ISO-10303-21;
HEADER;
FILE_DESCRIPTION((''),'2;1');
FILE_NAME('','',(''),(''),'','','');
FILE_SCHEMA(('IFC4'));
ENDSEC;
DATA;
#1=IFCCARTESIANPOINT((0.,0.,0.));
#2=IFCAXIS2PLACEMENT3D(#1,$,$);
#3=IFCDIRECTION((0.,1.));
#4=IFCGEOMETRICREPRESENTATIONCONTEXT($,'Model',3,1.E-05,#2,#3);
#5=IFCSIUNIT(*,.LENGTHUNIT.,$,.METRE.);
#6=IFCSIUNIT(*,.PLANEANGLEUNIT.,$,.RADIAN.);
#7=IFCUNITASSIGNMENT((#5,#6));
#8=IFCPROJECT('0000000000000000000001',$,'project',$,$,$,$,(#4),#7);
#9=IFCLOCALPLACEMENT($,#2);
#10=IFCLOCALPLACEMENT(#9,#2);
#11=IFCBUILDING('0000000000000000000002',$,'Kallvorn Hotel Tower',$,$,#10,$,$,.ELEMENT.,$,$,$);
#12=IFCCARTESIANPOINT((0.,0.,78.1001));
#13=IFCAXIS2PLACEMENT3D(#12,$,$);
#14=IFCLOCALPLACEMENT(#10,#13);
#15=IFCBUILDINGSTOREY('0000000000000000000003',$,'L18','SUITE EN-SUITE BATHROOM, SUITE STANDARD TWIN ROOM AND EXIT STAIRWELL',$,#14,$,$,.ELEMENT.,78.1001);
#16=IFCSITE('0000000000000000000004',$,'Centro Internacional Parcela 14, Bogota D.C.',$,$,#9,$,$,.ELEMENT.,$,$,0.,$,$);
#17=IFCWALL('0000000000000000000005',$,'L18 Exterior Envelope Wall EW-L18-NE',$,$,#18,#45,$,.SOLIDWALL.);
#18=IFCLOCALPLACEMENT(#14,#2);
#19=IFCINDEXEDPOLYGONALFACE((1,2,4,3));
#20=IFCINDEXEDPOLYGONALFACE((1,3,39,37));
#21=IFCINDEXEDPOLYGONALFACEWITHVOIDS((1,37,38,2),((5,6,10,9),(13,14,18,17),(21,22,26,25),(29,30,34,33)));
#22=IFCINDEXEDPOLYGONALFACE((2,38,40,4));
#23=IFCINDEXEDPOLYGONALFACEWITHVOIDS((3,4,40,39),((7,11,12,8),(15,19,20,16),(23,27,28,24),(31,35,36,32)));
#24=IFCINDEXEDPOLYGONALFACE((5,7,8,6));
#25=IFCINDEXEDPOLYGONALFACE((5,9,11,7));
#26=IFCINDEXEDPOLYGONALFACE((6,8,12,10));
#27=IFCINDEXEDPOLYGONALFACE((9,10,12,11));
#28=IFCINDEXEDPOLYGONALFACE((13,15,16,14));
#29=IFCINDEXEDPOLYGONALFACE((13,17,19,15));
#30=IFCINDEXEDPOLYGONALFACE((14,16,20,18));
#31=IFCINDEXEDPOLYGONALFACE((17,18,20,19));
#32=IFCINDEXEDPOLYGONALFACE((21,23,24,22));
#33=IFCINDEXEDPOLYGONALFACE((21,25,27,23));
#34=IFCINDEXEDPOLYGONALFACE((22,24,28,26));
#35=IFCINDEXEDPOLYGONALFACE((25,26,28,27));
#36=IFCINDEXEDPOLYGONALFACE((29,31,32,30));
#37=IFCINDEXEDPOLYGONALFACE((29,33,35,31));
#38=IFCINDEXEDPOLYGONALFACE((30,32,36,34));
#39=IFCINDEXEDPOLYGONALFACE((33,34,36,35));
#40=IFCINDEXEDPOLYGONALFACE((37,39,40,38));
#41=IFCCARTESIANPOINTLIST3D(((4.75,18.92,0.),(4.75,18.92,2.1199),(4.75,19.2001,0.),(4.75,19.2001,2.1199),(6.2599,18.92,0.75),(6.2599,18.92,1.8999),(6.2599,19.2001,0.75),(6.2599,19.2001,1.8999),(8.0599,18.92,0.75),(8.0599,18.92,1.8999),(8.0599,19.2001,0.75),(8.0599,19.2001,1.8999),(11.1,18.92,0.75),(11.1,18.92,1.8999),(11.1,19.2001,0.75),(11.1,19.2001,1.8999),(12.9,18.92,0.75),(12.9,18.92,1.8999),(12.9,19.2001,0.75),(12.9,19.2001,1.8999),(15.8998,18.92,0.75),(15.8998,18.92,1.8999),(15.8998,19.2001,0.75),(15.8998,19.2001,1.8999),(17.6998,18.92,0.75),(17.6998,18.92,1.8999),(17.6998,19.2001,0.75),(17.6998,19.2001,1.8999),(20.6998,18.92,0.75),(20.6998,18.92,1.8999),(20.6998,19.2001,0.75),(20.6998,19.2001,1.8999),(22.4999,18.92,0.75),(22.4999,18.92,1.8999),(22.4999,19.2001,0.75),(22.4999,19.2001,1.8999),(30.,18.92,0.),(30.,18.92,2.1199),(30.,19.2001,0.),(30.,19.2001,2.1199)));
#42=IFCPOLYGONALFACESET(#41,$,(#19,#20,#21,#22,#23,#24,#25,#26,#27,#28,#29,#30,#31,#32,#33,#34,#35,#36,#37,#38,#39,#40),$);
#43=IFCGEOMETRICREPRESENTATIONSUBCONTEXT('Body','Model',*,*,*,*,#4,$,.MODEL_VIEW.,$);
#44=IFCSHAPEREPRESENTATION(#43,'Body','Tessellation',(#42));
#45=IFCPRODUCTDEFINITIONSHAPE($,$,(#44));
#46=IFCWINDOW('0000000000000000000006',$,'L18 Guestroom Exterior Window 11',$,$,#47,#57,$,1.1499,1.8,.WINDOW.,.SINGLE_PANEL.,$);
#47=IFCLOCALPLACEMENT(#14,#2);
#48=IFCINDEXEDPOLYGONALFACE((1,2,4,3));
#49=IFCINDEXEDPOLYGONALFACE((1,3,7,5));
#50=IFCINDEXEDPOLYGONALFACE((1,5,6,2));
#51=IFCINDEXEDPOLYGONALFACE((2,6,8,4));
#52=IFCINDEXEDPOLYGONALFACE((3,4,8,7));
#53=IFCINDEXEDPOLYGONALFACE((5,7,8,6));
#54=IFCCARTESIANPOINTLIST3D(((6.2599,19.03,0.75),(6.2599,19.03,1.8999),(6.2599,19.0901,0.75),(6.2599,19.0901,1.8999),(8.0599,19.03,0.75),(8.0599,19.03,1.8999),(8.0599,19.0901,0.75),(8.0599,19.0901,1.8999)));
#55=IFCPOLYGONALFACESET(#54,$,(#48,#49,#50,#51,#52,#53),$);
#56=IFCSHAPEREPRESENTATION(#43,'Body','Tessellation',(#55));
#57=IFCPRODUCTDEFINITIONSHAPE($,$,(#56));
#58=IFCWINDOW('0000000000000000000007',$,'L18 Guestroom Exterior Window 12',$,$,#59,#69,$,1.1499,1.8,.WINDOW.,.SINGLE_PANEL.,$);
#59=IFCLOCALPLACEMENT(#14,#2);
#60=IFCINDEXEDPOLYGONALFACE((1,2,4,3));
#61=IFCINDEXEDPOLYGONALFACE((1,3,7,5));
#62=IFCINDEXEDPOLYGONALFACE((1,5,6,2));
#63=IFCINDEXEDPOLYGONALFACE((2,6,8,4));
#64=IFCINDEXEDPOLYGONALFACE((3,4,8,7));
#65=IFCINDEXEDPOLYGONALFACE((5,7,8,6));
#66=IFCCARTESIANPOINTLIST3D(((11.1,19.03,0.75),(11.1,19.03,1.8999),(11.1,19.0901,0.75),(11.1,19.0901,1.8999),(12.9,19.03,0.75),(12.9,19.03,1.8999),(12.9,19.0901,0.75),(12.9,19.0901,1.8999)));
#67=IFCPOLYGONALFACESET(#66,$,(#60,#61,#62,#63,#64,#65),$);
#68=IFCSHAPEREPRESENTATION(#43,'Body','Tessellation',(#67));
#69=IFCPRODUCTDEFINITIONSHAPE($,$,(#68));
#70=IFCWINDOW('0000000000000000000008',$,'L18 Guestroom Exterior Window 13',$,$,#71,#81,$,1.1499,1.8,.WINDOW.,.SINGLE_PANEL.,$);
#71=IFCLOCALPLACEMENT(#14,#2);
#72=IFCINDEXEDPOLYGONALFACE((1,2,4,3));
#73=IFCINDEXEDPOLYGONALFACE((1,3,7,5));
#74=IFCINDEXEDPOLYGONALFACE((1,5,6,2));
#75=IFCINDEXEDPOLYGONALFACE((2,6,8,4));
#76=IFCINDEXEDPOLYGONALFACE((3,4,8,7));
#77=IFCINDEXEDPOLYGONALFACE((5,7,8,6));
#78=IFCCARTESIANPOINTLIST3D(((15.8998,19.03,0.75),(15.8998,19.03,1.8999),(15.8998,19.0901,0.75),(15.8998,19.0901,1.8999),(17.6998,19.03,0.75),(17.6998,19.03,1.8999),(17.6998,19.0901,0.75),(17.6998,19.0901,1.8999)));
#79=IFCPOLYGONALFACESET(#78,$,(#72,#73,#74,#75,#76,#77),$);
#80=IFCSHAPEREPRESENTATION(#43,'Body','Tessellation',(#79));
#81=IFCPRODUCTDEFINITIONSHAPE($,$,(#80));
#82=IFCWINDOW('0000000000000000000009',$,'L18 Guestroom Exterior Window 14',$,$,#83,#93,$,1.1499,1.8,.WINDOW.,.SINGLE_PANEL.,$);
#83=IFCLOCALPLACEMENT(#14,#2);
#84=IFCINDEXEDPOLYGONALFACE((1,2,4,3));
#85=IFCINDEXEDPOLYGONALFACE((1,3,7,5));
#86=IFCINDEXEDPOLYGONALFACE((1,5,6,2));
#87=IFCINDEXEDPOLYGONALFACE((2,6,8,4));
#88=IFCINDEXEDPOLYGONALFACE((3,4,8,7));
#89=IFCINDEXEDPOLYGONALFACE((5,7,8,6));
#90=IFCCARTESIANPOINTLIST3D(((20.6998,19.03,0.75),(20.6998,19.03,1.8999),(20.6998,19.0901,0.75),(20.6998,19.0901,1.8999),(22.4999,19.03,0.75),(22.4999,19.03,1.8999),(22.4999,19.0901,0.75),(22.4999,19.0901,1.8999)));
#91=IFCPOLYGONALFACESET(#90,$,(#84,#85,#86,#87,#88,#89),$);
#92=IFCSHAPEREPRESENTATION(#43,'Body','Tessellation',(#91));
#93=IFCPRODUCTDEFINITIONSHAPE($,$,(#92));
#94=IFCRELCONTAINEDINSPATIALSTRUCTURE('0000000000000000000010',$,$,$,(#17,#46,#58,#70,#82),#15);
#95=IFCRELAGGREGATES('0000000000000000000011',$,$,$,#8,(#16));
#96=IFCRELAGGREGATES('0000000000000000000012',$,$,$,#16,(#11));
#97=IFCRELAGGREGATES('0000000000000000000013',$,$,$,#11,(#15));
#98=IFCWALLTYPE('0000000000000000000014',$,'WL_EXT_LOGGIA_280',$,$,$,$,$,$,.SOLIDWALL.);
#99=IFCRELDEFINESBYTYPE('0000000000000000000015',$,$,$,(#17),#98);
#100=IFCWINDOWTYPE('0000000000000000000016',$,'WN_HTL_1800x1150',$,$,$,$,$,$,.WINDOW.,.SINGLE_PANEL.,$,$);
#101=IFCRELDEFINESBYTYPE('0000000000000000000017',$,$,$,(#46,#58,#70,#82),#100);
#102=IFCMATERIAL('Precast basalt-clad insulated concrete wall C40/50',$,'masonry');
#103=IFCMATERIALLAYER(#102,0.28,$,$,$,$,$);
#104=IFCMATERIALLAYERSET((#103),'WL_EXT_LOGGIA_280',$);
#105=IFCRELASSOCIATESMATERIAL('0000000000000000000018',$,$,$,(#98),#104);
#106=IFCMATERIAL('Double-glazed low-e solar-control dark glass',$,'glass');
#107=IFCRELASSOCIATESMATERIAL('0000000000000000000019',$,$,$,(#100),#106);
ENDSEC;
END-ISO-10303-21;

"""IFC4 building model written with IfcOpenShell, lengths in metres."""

from ifc_helpers import new_model, si_unit, direction, frame, frame_2d, origin, place, context, subcontext, project, spatial, rectangle, extrude, material, layer, layer_set, type_object, element, fill, save


model = new_model("IFC4")

# Units and contexts
model_context = context("Model", 3, precision=1e-05, world=origin(), true_north=direction((0.0, 1.0)))
body_context = subcontext(model_context, "Body", "Model", "MODEL_VIEW")
ifc_project = project(units=[si_unit("LENGTHUNIT", "METRE"), si_unit("PLANEANGLEUNIT", "RADIAN")], contexts=[model_context])

# Site, building, storey
site_placement = place(None, origin())
site = spatial("IfcSite", under=ifc_project, at=site_placement, Name="Centro Internacional Parcela 14, Bogota D.C.", CompositionType="ELEMENT", RefElevation=0.0)
building_placement = place(site_placement, origin())
building = spatial("IfcBuilding", under=site, at=building_placement, Name="Kallvorn Hotel Tower", CompositionType="ELEMENT")
storey_placement = place(building_placement, frame((0.0, 0.0, 78.1001)))
storey = spatial("IfcBuildingStorey", under=building, at=storey_placement, Name="L18", Description="SUITE EN-SUITE BATHROOM, SUITE STANDARD TWIN ROOM AND EXIT STAIRWELL", CompositionType="ELEMENT", Elevation=78.1001)

# Wall, openings, windows
ifc_material_1 = material(Name="Precast basalt-clad insulated concrete wall C40/50", Category="masonry")
ifc_layer_1 = layer(ifc_material_1, 0.28)
ifc_layer_set_1 = layer_set([ifc_layer_1], Name="WL_EXT_LOGGIA_280")
wall_type_1 = type_object("IfcWallType", Name="WL_EXT_LOGGIA_280", PredefinedType="SOLIDWALL", material=ifc_layer_set_1)
wall_1_placement = place(storey_placement, frame((4.75, 19.0601, 0.0), z_axis=(0.0, 0.0, 1.0), x_axis=(1.0, 0.0, 0.0)))
wall_1 = element("IfcWall", 1, at=wall_1_placement, inside=storey, type_object=wall_type_1, Name="L18 Exterior Envelope Wall EW-L18-NE", PredefinedType="SOLIDWALL", context=body_context, shape_type="SweptSolid", body=[
    extrude(rectangle(XDim=25.25, YDim=0.28, at=frame_2d((12.625, 0.0))), origin(), (0.0, 0.0, 1.0), 2.1199),
])
opening_1_placement = place(wall_1_placement, frame((1.51, 0.0, 0.75)))
opening_1 = element("IfcOpeningElement", 2, at=opening_1_placement, cuts=wall_1, PredefinedType="OPENING", context=body_context, shape_type="SweptSolid", body=[
    extrude(rectangle(XDim=1.8, YDim=1.1499, at=frame_2d((0.8999, 0.575))), frame((0.0, 0.155, 0.0), z_axis=(0.0, -1.0, 0.0), x_axis=(1.0, 0.0, 0.0)), (0.0, 0.0, 1.0), 0.3101),
])
opening_2_placement = place(wall_1_placement, frame((6.3501, 0.0, 0.75)))
opening_2 = element("IfcOpeningElement", 3, at=opening_2_placement, cuts=wall_1, PredefinedType="OPENING", context=body_context, shape_type="SweptSolid", body=[
    extrude(rectangle(XDim=1.8, YDim=1.1499, at=frame_2d((0.8999, 0.575))), frame((0.0, 0.155, 0.0), z_axis=(0.0, -1.0, 0.0), x_axis=(1.0, 0.0, 0.0)), (0.0, 0.0, 1.0), 0.3101),
])
opening_3_placement = place(wall_1_placement, frame((11.1499, 0.0, 0.75)))
opening_3 = element("IfcOpeningElement", 4, at=opening_3_placement, cuts=wall_1, PredefinedType="OPENING", context=body_context, shape_type="SweptSolid", body=[
    extrude(rectangle(XDim=1.8, YDim=1.1499, at=frame_2d((0.8999, 0.575))), frame((0.0, 0.155, 0.0), z_axis=(0.0, -1.0, 0.0), x_axis=(1.0, 0.0, 0.0)), (0.0, 0.0, 1.0), 0.3101),
])
opening_4_placement = place(wall_1_placement, frame((15.95, 0.0, 0.75)))
opening_4 = element("IfcOpeningElement", 5, at=opening_4_placement, cuts=wall_1, PredefinedType="OPENING", context=body_context, shape_type="SweptSolid", body=[
    extrude(rectangle(XDim=1.8, YDim=1.1499, at=frame_2d((0.8999, 0.575))), frame((0.0, 0.155, 0.0), z_axis=(0.0, -1.0, 0.0), x_axis=(1.0, 0.0, 0.0)), (0.0, 0.0, 1.0), 0.3101),
])
ifc_material_2 = material(Name="Double-glazed low-e solar-control dark glass", Category="glass")
window_type = type_object("IfcWindowType", Name="WN_HTL_1800x1150", PartitioningType="SINGLE_PANEL", PredefinedType="WINDOW", material=ifc_material_2)
window_1_placement = place(opening_1_placement, origin())
window_1 = element("IfcWindow", 6, at=window_1_placement, inside=storey, type_object=window_type, Name="L18 Guestroom Exterior Window 11", OverallHeight=1.1499, OverallWidth=1.8, PartitioningType="SINGLE_PANEL", PredefinedType="WINDOW", context=body_context, shape_type="SweptSolid", body=[
    extrude(rectangle(XDim=1.8, YDim=1.1499, at=frame_2d((0.8999, 0.575))), frame((0.0, 0.03, 0.0), z_axis=(0.0, -1.0, 0.0), x_axis=(1.0, 0.0, 0.0)), (0.0, 0.0, 1.0), 0.0601),
])
fill(opening_1, window_1)
window_2_placement = place(opening_2_placement, origin())
window_2 = element("IfcWindow", 7, at=window_2_placement, inside=storey, type_object=window_type, Name="L18 Guestroom Exterior Window 12", OverallHeight=1.1499, OverallWidth=1.8, PartitioningType="SINGLE_PANEL", PredefinedType="WINDOW", context=body_context, shape_type="SweptSolid", body=[
    extrude(rectangle(XDim=1.8, YDim=1.1499, at=frame_2d((0.8999, 0.575))), frame((0.0, 0.03, 0.0), z_axis=(0.0, -1.0, 0.0), x_axis=(1.0, 0.0, 0.0)), (0.0, 0.0, 1.0), 0.0601),
])
fill(opening_2, window_2)
window_3_placement = place(opening_3_placement, origin())
window_3 = element("IfcWindow", 8, at=window_3_placement, inside=storey, type_object=window_type, Name="L18 Guestroom Exterior Window 13", OverallHeight=1.1499, OverallWidth=1.8, PartitioningType="SINGLE_PANEL", PredefinedType="WINDOW", context=body_context, shape_type="SweptSolid", body=[
    extrude(rectangle(XDim=1.8, YDim=1.1499, at=frame_2d((0.8999, 0.575))), frame((0.0, 0.03, 0.0), z_axis=(0.0, -1.0, 0.0), x_axis=(1.0, 0.0, 0.0)), (0.0, 0.0, 1.0), 0.0601),
])
fill(opening_3, window_3)
window_4_placement = place(opening_4_placement, origin())
window_4 = element("IfcWindow", 9, at=window_4_placement, inside=storey, type_object=window_type, Name="L18 Guestroom Exterior Window 14", OverallHeight=1.1499, OverallWidth=1.8, PartitioningType="SINGLE_PANEL", PredefinedType="WINDOW", context=body_context, shape_type="SweptSolid", body=[
    extrude(rectangle(XDim=1.8, YDim=1.1499, at=frame_2d((0.8999, 0.575))), frame((0.0, 0.03, 0.0), z_axis=(0.0, -1.0, 0.0), x_axis=(1.0, 0.0, 0.0)), (0.0, 0.0, 1.0), 0.0601),
])
fill(opening_4, window_4)

save(model, "model.ifc")
